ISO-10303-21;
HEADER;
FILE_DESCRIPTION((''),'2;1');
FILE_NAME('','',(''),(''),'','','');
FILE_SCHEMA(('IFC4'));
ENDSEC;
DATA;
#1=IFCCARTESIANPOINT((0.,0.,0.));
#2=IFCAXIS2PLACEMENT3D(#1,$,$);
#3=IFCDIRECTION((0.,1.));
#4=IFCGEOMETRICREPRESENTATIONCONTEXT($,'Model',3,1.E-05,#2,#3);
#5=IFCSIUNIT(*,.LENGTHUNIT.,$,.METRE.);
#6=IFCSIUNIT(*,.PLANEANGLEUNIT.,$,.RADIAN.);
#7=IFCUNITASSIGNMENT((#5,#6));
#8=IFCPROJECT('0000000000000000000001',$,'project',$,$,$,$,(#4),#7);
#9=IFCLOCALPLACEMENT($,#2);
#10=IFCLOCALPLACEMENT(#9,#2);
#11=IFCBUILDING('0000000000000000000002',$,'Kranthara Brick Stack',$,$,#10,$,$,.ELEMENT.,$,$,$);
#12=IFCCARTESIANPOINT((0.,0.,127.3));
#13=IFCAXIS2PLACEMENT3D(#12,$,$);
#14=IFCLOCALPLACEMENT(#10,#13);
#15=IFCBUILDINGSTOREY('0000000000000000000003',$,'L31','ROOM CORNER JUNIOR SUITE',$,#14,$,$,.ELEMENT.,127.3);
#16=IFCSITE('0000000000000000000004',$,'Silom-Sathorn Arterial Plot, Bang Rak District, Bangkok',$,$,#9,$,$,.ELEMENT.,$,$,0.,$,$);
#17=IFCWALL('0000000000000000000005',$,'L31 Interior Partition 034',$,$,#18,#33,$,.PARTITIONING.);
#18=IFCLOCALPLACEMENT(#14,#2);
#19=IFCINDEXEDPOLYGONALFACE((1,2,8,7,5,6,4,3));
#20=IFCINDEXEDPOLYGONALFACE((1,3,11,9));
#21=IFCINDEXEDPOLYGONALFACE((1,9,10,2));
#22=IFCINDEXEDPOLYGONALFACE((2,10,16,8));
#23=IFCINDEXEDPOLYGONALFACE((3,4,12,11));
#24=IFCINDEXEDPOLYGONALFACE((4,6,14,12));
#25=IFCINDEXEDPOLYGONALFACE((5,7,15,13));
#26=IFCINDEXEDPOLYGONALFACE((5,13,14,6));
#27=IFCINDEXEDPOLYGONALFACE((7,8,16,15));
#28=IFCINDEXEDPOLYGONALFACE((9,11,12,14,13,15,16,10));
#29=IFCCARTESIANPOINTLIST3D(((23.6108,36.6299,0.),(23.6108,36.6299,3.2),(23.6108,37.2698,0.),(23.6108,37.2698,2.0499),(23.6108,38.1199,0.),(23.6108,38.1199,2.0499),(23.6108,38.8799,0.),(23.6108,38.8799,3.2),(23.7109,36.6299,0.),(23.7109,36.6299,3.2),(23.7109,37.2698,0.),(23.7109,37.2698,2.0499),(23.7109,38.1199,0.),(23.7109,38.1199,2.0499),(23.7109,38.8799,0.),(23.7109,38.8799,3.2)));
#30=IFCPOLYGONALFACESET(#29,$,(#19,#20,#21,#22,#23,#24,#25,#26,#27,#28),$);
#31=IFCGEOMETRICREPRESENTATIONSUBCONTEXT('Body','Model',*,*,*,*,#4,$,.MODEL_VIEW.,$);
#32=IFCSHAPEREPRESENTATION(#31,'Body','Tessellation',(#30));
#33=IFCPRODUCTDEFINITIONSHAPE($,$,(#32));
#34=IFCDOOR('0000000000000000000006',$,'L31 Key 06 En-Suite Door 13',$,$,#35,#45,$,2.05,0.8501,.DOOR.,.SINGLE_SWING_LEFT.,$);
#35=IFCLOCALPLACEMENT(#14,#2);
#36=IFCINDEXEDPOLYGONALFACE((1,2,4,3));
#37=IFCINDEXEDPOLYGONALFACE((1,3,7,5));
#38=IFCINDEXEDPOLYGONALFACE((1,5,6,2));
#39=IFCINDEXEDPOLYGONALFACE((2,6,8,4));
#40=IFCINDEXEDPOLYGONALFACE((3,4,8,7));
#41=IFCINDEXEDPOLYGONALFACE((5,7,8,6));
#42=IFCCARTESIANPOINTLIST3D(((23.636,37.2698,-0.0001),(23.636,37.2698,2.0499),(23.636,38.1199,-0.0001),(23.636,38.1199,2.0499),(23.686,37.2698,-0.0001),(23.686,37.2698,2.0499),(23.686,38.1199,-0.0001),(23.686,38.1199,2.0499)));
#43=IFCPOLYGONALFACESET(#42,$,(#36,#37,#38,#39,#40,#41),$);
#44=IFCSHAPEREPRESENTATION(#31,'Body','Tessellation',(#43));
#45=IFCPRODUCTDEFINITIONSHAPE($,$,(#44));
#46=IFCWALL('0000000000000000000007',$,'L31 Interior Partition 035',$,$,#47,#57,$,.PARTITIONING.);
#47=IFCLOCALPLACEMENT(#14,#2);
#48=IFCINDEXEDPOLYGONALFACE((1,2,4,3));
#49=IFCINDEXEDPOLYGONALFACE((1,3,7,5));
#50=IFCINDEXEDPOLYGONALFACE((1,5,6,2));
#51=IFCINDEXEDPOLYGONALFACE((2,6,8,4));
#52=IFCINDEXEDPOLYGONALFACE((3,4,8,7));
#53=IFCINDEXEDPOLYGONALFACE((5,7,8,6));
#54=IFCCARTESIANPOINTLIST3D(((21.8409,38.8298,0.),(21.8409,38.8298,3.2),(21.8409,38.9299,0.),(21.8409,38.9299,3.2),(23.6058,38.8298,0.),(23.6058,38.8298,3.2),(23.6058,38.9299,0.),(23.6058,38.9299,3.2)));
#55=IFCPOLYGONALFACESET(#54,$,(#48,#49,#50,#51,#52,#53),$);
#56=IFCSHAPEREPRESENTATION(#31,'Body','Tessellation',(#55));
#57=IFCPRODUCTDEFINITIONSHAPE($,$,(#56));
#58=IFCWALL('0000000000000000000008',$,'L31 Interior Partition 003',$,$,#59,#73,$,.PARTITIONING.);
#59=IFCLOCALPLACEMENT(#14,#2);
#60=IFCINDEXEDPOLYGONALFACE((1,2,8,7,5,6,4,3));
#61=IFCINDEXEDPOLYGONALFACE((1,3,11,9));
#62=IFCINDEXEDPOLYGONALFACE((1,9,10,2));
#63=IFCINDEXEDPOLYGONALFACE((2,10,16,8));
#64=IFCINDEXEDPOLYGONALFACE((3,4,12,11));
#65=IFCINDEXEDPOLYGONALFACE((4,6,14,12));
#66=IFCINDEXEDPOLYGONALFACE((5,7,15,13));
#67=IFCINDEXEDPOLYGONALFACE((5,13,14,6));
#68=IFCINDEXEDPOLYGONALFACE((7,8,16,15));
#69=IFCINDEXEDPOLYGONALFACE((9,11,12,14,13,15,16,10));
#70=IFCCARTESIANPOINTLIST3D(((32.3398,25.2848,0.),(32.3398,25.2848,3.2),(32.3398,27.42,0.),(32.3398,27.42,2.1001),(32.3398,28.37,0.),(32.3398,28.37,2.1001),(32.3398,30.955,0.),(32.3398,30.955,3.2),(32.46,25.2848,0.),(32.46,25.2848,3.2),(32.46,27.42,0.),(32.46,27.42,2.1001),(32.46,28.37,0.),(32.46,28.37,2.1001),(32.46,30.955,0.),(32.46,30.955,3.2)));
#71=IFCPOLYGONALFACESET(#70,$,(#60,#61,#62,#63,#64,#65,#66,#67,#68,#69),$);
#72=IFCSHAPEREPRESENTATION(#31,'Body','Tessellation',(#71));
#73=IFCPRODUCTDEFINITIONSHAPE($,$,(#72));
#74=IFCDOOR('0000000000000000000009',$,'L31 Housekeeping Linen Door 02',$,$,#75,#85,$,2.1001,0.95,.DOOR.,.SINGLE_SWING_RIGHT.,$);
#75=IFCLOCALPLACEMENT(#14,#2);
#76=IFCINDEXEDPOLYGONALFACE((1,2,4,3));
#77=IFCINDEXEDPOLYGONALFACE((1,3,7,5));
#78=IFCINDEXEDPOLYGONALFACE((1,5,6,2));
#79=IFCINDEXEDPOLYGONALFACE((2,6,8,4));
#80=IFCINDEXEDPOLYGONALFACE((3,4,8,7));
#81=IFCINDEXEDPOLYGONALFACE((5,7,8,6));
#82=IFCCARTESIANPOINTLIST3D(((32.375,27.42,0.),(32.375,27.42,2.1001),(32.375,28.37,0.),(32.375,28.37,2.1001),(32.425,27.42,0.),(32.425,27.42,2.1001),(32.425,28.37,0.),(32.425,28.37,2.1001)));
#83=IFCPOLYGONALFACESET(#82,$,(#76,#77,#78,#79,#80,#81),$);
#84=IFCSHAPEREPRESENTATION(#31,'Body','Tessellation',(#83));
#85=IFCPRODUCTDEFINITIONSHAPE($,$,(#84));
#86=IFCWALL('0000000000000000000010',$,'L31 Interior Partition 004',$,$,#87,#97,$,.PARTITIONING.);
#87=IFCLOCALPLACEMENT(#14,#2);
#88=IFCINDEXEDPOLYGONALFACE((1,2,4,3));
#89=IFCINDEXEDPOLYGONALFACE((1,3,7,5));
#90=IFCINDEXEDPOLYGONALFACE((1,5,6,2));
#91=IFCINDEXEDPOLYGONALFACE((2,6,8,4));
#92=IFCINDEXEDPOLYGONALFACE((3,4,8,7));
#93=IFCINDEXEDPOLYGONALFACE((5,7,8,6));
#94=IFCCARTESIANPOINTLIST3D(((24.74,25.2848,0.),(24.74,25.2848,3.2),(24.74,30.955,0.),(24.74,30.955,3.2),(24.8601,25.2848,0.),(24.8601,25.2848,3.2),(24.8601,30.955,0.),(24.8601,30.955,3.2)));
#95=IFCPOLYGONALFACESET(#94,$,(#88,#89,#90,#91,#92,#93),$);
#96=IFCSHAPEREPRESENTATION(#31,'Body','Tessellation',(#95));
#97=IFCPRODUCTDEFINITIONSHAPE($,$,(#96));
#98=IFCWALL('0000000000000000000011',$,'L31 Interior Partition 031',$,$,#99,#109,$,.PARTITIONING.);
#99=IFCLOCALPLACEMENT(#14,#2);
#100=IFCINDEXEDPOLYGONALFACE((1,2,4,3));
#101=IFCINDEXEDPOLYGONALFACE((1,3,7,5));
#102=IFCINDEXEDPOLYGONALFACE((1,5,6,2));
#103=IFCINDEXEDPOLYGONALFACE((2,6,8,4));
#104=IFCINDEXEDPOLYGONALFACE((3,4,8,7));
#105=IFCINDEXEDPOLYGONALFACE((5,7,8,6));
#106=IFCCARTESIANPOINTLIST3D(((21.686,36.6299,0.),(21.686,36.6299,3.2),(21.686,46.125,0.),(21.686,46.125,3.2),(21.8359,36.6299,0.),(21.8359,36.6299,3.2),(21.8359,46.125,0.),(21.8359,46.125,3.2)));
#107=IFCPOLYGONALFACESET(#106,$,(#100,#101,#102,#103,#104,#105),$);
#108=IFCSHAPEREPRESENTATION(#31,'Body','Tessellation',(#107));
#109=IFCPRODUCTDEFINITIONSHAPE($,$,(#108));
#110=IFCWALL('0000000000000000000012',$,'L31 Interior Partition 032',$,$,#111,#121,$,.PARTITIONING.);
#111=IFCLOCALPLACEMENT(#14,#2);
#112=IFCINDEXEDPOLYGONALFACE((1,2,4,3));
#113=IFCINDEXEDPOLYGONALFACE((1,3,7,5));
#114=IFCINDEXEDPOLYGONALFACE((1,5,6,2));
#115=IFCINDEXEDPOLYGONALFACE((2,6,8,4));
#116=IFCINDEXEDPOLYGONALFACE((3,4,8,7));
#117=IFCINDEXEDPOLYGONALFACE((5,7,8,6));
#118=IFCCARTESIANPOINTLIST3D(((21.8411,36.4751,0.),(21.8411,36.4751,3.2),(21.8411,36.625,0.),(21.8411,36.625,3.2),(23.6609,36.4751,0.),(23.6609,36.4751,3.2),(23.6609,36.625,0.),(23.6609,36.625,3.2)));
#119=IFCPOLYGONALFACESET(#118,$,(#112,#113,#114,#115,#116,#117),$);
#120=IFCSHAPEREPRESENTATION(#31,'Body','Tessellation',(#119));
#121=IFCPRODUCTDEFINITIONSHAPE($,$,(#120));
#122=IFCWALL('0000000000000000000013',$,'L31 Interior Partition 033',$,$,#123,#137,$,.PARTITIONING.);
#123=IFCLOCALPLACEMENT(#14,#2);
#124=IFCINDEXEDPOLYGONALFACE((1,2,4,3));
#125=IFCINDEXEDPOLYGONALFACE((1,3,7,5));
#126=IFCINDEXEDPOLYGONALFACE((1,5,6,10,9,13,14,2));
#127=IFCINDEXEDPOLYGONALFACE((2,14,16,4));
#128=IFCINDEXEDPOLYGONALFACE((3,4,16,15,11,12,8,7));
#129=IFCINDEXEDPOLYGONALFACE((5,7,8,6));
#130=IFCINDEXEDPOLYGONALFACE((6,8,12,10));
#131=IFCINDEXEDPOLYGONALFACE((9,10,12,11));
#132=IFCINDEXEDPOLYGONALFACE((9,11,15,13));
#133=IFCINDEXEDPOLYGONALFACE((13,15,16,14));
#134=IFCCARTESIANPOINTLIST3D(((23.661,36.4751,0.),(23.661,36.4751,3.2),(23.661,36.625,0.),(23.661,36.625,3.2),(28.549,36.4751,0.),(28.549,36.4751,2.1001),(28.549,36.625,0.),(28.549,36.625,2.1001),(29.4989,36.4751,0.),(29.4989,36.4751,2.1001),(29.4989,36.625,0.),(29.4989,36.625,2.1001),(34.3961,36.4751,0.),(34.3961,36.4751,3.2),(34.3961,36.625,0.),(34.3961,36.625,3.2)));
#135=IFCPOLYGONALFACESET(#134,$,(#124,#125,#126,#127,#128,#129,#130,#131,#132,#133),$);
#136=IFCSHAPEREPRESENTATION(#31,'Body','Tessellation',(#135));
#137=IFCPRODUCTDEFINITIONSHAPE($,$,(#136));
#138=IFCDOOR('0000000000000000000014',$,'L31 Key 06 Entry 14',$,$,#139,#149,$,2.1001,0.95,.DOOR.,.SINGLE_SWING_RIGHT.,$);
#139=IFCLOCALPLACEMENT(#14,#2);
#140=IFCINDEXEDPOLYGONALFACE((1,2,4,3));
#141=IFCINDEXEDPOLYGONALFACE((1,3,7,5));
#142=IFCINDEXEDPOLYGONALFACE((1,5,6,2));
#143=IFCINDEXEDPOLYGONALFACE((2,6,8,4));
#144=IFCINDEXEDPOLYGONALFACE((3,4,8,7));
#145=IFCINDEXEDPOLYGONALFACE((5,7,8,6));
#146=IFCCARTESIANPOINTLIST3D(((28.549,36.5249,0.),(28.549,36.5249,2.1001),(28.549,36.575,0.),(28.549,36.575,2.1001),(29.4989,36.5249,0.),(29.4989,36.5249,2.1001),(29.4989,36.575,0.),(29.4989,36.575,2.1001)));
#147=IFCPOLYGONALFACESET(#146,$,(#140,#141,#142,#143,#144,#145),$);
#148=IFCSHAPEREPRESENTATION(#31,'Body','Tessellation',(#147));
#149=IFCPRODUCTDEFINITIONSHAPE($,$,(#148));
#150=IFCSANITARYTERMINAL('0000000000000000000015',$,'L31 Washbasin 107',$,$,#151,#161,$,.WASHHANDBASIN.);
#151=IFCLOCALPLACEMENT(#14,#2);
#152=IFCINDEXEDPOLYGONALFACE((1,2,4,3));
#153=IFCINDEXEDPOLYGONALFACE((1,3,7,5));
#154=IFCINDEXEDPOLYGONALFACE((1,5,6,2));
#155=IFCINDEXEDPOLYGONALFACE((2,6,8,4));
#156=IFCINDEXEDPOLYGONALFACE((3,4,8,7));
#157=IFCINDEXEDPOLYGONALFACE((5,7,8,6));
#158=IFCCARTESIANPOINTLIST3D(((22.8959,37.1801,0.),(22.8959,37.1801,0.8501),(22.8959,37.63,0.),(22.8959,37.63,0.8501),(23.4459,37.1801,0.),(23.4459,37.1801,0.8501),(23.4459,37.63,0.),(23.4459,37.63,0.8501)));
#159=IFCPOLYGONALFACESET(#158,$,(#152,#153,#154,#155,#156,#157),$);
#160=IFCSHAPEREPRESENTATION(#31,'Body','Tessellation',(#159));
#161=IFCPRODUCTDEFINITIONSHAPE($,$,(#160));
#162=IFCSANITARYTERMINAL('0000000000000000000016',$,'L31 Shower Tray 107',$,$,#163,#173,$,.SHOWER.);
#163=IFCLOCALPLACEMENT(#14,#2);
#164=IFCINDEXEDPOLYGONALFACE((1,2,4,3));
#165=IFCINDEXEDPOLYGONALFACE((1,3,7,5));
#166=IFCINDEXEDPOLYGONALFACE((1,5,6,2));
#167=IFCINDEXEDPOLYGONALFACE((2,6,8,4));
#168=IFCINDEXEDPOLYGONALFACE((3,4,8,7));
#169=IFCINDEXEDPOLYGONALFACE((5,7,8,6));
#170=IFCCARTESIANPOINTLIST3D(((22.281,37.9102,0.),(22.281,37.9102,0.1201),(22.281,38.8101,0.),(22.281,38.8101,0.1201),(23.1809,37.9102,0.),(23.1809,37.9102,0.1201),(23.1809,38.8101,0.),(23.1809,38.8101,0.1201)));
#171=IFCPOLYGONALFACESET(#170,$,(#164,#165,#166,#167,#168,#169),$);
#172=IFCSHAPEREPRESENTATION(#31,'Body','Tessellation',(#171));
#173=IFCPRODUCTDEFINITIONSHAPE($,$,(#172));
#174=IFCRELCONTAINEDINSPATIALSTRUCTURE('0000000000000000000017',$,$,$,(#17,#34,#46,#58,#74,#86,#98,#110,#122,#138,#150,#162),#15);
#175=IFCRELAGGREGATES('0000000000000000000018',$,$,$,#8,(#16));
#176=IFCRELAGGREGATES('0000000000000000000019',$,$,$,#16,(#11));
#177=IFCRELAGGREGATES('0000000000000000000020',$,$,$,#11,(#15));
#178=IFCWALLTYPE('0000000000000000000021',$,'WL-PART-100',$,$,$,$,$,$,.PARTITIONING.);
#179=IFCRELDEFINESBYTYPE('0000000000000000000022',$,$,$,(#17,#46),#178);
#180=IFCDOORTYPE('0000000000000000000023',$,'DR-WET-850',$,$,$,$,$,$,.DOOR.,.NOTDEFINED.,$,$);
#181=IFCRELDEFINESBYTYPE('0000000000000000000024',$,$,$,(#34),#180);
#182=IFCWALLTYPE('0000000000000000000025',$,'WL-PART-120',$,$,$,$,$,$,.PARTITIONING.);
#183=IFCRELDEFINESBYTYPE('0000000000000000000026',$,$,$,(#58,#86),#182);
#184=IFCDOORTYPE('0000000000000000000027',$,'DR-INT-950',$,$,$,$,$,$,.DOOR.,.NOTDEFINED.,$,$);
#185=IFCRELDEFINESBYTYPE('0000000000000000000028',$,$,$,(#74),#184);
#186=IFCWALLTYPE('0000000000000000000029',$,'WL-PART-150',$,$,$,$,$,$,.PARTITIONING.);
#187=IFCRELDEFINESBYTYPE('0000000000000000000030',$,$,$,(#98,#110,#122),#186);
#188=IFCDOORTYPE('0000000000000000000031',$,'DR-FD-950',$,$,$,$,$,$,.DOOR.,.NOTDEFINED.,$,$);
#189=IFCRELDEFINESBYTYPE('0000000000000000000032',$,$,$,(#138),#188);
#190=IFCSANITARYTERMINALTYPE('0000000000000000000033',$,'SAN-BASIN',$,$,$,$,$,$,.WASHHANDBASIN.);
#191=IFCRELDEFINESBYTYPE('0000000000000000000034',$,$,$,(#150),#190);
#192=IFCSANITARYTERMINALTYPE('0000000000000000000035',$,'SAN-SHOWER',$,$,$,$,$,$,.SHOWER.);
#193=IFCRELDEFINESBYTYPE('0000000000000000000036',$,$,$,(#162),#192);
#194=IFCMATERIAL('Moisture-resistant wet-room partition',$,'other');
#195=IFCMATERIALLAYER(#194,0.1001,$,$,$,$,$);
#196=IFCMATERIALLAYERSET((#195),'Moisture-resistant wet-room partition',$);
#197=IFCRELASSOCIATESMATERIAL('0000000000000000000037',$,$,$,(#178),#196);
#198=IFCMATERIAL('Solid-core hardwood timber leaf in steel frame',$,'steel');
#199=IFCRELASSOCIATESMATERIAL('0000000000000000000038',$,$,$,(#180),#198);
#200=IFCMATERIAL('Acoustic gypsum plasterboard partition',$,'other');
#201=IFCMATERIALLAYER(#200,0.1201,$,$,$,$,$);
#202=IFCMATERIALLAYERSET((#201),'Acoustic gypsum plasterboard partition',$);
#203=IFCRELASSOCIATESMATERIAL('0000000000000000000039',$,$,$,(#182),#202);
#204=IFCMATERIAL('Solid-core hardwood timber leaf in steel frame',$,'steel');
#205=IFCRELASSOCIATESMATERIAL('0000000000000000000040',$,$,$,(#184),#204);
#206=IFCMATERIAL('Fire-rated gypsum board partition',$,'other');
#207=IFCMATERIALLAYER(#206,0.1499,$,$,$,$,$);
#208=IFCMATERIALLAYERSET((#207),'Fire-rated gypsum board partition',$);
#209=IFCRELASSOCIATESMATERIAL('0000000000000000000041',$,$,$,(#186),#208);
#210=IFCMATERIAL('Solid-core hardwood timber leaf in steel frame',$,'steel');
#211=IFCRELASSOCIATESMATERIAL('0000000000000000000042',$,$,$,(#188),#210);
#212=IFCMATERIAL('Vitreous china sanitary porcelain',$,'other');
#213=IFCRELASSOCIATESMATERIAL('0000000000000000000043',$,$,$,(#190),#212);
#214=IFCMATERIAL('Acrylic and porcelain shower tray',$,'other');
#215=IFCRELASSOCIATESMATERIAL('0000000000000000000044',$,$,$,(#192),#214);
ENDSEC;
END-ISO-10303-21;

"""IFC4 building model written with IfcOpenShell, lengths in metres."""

from ifc_helpers import new_model, si_unit, direction, frame, frame_2d, origin, origin_2d, place, context, subcontext, project, spatial, rectangle, extrude, material, layer, layer_set, type_object, element, fill, save


model = new_model("IFC4")

# Units and contexts
model_context = context("Model", 3, precision=1e-05, world=origin(), true_north=direction((0.0, 1.0)))
body_context = subcontext(model_context, "Body", "Model", "MODEL_VIEW")
ifc_project = project(units=[si_unit("LENGTHUNIT", "METRE"), si_unit("PLANEANGLEUNIT", "RADIAN")], contexts=[model_context])

# Site, building, storey
site_placement = place(None, origin())
site = spatial("IfcSite", under=ifc_project, at=site_placement, Name="Silom-Sathorn Arterial Plot, Bang Rak District, Bangkok", CompositionType="ELEMENT", RefElevation=0.0)
building_placement = place(site_placement, origin())
building = spatial("IfcBuilding", under=site, at=building_placement, Name="Kranthara Brick Stack", CompositionType="ELEMENT")
storey_placement = place(building_placement, frame((0.0, 0.0, 127.3)))
storey = spatial("IfcBuildingStorey", under=building, at=storey_placement, Name="L31", Description="ROOM CORNER JUNIOR SUITE", CompositionType="ELEMENT", Elevation=127.3)

# Wall, opening, door
ifc_material_1 = material(Name="Moisture-resistant wet-room partition", Category="other")
ifc_layer_1 = layer(ifc_material_1, 0.1001)
ifc_layer_set_1 = layer_set([ifc_layer_1], Name="Moisture-resistant wet-room partition")
wall_type_1 = type_object("IfcWallType", Name="WL-PART-100", PredefinedType="PARTITIONING", material=ifc_layer_set_1)
wall_1_placement = place(storey_placement, frame((23.6609, 36.6299, 0.0), z_axis=(0.0, 0.0, 1.0), x_axis=(0.0, 1.0, 0.0)))
wall_1 = element("IfcWall", 1, at=wall_1_placement, inside=storey, type_object=wall_type_1, Name="L31 Interior Partition 034", PredefinedType="PARTITIONING", context=body_context, shape_type="SweptSolid", body=[
    extrude(rectangle(XDim=2.25, YDim=0.1001, at=frame_2d((1.125, 0.0))), origin(), (0.0, 0.0, 1.0), 3.2),
])
opening_1_placement = place(wall_1_placement, frame((0.6399, 0.0, 0.0)))
opening_1 = element("IfcOpeningElement", 2, at=opening_1_placement, cuts=wall_1, PredefinedType="OPENING", context=body_context, shape_type="SweptSolid", body=[
    extrude(rectangle(XDim=0.8501, YDim=2.05, at=frame_2d((0.425, 1.0249))), frame((0.0, 0.0601, 0.0), z_axis=(0.0, -1.0, 0.0), x_axis=(1.0, 0.0, 0.0)), (0.0, 0.0, 1.0), 0.1201),
])
ifc_material_2 = material(Name="Solid-core hardwood timber leaf in steel frame", Category="steel")
door_type_1 = type_object("IfcDoorType", Name="DR-WET-850", OperationType="NOTDEFINED", PredefinedType="DOOR", material=ifc_material_2)
door_1_placement = place(opening_1_placement, origin())
door_1 = element("IfcDoor", 3, at=door_1_placement, inside=storey, type_object=door_type_1, Name="L31 Key 06 En-Suite Door 13", OperationType="SINGLE_SWING_LEFT", OverallHeight=2.05, OverallWidth=0.8501, PredefinedType="DOOR", context=body_context, shape_type="SweptSolid", body=[
    extrude(rectangle(XDim=0.8501, YDim=2.05, at=frame_2d((0.425, 1.0249))), frame((0.0, 0.0249, 0.0), z_axis=(0.0, -1.0, 0.0), x_axis=(1.0, 0.0, 0.0)), (0.0, 0.0, 1.0), 0.05),
])
fill(opening_1, door_1)

# Wall
wall_2_placement = place(storey_placement, frame((21.8411, 38.8799, 0.0), z_axis=(0.0, 0.0, 1.0), x_axis=(1.0, 0.0, 0.0)))
element("IfcWall", 4, at=wall_2_placement, inside=storey, type_object=wall_type_1, Name="L31 Interior Partition 035", PredefinedType="PARTITIONING", context=body_context, shape_type="SweptSolid", body=[
    extrude(rectangle(XDim=1.7649, YDim=0.1001, at=frame_2d((0.8823, 0.0))), origin(), (0.0, 0.0, 1.0), 3.2),
])

# Wall, opening, door
ifc_material_3 = material(Name="Acoustic gypsum plasterboard partition", Category="other")
ifc_layer_2 = layer(ifc_material_3, 0.1201)
ifc_layer_set_2 = layer_set([ifc_layer_2], Name="Acoustic gypsum plasterboard partition")
wall_type_2 = type_object("IfcWallType", Name="WL-PART-120", PredefinedType="PARTITIONING", material=ifc_layer_set_2)
wall_3_placement = place(storey_placement, frame((32.3999, 25.2849, 0.0), z_axis=(0.0, 0.0, 1.0), x_axis=(0.0, 1.0, 0.0)))
wall_3 = element("IfcWall", 5, at=wall_3_placement, inside=storey, type_object=wall_type_2, Name="L31 Interior Partition 003", PredefinedType="PARTITIONING", context=body_context, shape_type="SweptSolid", body=[
    extrude(rectangle(XDim=5.6702, YDim=0.1201, at=frame_2d((2.835, 0.0))), origin(), (0.0, 0.0, 1.0), 3.2),
])
opening_2_placement = place(wall_3_placement, frame((2.135, 0.0, 0.0)))
opening_2 = element("IfcOpeningElement", 6, at=opening_2_placement, cuts=wall_3, PredefinedType="OPENING", context=body_context, shape_type="SweptSolid", body=[
    extrude(rectangle(XDim=0.95, YDim=2.1001, at=frame_2d((0.4751, 1.05))), frame((0.0, 0.0701, 0.0), z_axis=(0.0, -1.0, 0.0), x_axis=(1.0, 0.0, 0.0)), (0.0, 0.0, 1.0), 0.1401),
])
ifc_material_4 = material(Name="Solid-core hardwood timber leaf in steel frame", Category="steel")
door_type_2 = type_object("IfcDoorType", Name="DR-INT-950", OperationType="NOTDEFINED", PredefinedType="DOOR", material=ifc_material_4)
door_2_placement = place(opening_2_placement, origin())
door_2 = element("IfcDoor", 7, at=door_2_placement, inside=storey, type_object=door_type_2, Name="L31 Housekeeping Linen Door 02", OperationType="SINGLE_SWING_RIGHT", OverallHeight=2.1001, OverallWidth=0.95, PredefinedType="DOOR", context=body_context, shape_type="SweptSolid", body=[
    extrude(rectangle(XDim=0.95, YDim=2.1001, at=frame_2d((0.4751, 1.05))), frame((0.0, 0.0249, 0.0), z_axis=(0.0, -1.0, 0.0), x_axis=(1.0, 0.0, 0.0)), (0.0, 0.0, 1.0), 0.05),
])
fill(opening_2, door_2)

# Walls
wall_4_placement = place(storey_placement, frame((24.8, 25.2849, 0.0), z_axis=(0.0, 0.0, 1.0), x_axis=(0.0, 1.0, 0.0)))
element("IfcWall", 8, at=wall_4_placement, inside=storey, type_object=wall_type_2, Name="L31 Interior Partition 004", PredefinedType="PARTITIONING", context=body_context, shape_type="SweptSolid", body=[
    extrude(rectangle(XDim=5.6702, YDim=0.1201, at=frame_2d((2.835, 0.0))), origin(), (0.0, 0.0, 1.0), 3.2),
])
ifc_material_5 = material(Name="Fire-rated gypsum board partition", Category="other")
ifc_layer_3 = layer(ifc_material_5, 0.1499)
ifc_layer_set_3 = layer_set([ifc_layer_3], Name="Fire-rated gypsum board partition")
wall_type_3 = type_object("IfcWallType", Name="WL-PART-150", PredefinedType="PARTITIONING", material=ifc_layer_set_3)
wall_5_placement = place(storey_placement, frame((21.761, 36.6299, 0.0), z_axis=(0.0, 0.0, 1.0), x_axis=(0.0, 1.0, 0.0)))
element("IfcWall", 9, at=wall_5_placement, inside=storey, type_object=wall_type_3, Name="L31 Interior Partition 031", PredefinedType="PARTITIONING", context=body_context, shape_type="SweptSolid", body=[
    extrude(rectangle(XDim=9.4951, YDim=0.1499, at=frame_2d((4.7476, 0.0))), origin(), (0.0, 0.0, 1.0), 3.2),
])
wall_6_placement = place(storey_placement, frame((21.8411, 36.55, 0.0), z_axis=(0.0, 0.0, 1.0), x_axis=(1.0, 0.0, 0.0)))
element("IfcWall", 10, at=wall_6_placement, inside=storey, type_object=wall_type_3, Name="L31 Interior Partition 032", PredefinedType="PARTITIONING", context=body_context, shape_type="SweptSolid", body=[
    extrude(rectangle(XDim=1.8198, YDim=0.1499, at=frame_2d((0.9099, 0.0))), origin(), (0.0, 0.0, 1.0), 3.2),
])

# Wall, opening, door
wall_7_placement = place(storey_placement, frame((23.6609, 36.55, 0.0), z_axis=(0.0, 0.0, 1.0), x_axis=(1.0, 0.0, 0.0)))
wall_7 = element("IfcWall", 11, at=wall_7_placement, inside=storey, type_object=wall_type_3, Name="L31 Interior Partition 033", PredefinedType="PARTITIONING", context=body_context, shape_type="SweptSolid", body=[
    extrude(rectangle(XDim=10.7351, YDim=0.1499, at=frame_2d((5.3677, 0.0))), origin(), (0.0, 0.0, 1.0), 3.2),
])
opening_3_placement = place(wall_7_placement, frame((4.8879, 0.0, 0.0)))
opening_3 = element("IfcOpeningElement", 12, at=opening_3_placement, cuts=wall_7, PredefinedType="OPENING", context=body_context, shape_type="SweptSolid", body=[
    extrude(rectangle(XDim=0.95, YDim=2.1001, at=frame_2d((0.4751, 1.05))), frame((0.0, 0.085, 0.0), z_axis=(0.0, -1.0, 0.0), x_axis=(1.0, 0.0, 0.0)), (0.0, 0.0, 1.0), 0.1699),
])
ifc_material_6 = material(Name="Solid-core hardwood timber leaf in steel frame", Category="steel")
door_type_3 = type_object("IfcDoorType", Name="DR-FD-950", OperationType="NOTDEFINED", PredefinedType="DOOR", material=ifc_material_6)
door_3_placement = place(opening_3_placement, origin())
door_3 = element("IfcDoor", 13, at=door_3_placement, inside=storey, type_object=door_type_3, Name="L31 Key 06 Entry 14", OperationType="SINGLE_SWING_RIGHT", OverallHeight=2.1001, OverallWidth=0.95, PredefinedType="DOOR", context=body_context, shape_type="SweptSolid", body=[
    extrude(rectangle(XDim=0.95, YDim=2.1001, at=frame_2d((0.4751, 1.05))), frame((0.0, 0.0249, 0.0), z_axis=(0.0, -1.0, 0.0), x_axis=(1.0, 0.0, 0.0)), (0.0, 0.0, 1.0), 0.05),
])
fill(opening_3, door_3)

# Sanitary terminals
ifc_material_7 = material(Name="Vitreous china sanitary porcelain", Category="other")
sanitary_terminal_type_1 = type_object("IfcSanitaryTerminalType", Name="SAN-BASIN", PredefinedType="WASHHANDBASIN", material=ifc_material_7)
sanitary_terminal_1_placement = place(storey_placement, frame((23.1709, 37.405, 0.0), z_axis=(0.0, 0.0, 1.0), x_axis=(1.0, 0.0, 0.0)))
element("IfcSanitaryTerminal", 14, at=sanitary_terminal_1_placement, inside=storey, type_object=sanitary_terminal_type_1, Name="L31 Washbasin 107", PredefinedType="WASHHANDBASIN", context=body_context, shape_type="SweptSolid", body=[
    extrude(rectangle(XDim=0.55, YDim=0.45, at=origin_2d()), origin(), (0.0, 0.0, 1.0), 0.8501),
])
ifc_material_8 = material(Name="Acrylic and porcelain shower tray", Category="other")
sanitary_terminal_type_2 = type_object("IfcSanitaryTerminalType", Name="SAN-SHOWER", PredefinedType="SHOWER", material=ifc_material_8)
sanitary_terminal_2_placement = place(storey_placement, frame((22.731, 38.3601, 0.0), z_axis=(0.0, 0.0, 1.0), x_axis=(1.0, 0.0, 0.0)))
element("IfcSanitaryTerminal", 15, at=sanitary_terminal_2_placement, inside=storey, type_object=sanitary_terminal_type_2, Name="L31 Shower Tray 107", PredefinedType="SHOWER", context=body_context, shape_type="SweptSolid", body=[
    extrude(rectangle(XDim=0.8999, YDim=0.8999, at=origin_2d()), origin(), (0.0, 0.0, 1.0), 0.1201),
])

save(model, "model.ifc")
